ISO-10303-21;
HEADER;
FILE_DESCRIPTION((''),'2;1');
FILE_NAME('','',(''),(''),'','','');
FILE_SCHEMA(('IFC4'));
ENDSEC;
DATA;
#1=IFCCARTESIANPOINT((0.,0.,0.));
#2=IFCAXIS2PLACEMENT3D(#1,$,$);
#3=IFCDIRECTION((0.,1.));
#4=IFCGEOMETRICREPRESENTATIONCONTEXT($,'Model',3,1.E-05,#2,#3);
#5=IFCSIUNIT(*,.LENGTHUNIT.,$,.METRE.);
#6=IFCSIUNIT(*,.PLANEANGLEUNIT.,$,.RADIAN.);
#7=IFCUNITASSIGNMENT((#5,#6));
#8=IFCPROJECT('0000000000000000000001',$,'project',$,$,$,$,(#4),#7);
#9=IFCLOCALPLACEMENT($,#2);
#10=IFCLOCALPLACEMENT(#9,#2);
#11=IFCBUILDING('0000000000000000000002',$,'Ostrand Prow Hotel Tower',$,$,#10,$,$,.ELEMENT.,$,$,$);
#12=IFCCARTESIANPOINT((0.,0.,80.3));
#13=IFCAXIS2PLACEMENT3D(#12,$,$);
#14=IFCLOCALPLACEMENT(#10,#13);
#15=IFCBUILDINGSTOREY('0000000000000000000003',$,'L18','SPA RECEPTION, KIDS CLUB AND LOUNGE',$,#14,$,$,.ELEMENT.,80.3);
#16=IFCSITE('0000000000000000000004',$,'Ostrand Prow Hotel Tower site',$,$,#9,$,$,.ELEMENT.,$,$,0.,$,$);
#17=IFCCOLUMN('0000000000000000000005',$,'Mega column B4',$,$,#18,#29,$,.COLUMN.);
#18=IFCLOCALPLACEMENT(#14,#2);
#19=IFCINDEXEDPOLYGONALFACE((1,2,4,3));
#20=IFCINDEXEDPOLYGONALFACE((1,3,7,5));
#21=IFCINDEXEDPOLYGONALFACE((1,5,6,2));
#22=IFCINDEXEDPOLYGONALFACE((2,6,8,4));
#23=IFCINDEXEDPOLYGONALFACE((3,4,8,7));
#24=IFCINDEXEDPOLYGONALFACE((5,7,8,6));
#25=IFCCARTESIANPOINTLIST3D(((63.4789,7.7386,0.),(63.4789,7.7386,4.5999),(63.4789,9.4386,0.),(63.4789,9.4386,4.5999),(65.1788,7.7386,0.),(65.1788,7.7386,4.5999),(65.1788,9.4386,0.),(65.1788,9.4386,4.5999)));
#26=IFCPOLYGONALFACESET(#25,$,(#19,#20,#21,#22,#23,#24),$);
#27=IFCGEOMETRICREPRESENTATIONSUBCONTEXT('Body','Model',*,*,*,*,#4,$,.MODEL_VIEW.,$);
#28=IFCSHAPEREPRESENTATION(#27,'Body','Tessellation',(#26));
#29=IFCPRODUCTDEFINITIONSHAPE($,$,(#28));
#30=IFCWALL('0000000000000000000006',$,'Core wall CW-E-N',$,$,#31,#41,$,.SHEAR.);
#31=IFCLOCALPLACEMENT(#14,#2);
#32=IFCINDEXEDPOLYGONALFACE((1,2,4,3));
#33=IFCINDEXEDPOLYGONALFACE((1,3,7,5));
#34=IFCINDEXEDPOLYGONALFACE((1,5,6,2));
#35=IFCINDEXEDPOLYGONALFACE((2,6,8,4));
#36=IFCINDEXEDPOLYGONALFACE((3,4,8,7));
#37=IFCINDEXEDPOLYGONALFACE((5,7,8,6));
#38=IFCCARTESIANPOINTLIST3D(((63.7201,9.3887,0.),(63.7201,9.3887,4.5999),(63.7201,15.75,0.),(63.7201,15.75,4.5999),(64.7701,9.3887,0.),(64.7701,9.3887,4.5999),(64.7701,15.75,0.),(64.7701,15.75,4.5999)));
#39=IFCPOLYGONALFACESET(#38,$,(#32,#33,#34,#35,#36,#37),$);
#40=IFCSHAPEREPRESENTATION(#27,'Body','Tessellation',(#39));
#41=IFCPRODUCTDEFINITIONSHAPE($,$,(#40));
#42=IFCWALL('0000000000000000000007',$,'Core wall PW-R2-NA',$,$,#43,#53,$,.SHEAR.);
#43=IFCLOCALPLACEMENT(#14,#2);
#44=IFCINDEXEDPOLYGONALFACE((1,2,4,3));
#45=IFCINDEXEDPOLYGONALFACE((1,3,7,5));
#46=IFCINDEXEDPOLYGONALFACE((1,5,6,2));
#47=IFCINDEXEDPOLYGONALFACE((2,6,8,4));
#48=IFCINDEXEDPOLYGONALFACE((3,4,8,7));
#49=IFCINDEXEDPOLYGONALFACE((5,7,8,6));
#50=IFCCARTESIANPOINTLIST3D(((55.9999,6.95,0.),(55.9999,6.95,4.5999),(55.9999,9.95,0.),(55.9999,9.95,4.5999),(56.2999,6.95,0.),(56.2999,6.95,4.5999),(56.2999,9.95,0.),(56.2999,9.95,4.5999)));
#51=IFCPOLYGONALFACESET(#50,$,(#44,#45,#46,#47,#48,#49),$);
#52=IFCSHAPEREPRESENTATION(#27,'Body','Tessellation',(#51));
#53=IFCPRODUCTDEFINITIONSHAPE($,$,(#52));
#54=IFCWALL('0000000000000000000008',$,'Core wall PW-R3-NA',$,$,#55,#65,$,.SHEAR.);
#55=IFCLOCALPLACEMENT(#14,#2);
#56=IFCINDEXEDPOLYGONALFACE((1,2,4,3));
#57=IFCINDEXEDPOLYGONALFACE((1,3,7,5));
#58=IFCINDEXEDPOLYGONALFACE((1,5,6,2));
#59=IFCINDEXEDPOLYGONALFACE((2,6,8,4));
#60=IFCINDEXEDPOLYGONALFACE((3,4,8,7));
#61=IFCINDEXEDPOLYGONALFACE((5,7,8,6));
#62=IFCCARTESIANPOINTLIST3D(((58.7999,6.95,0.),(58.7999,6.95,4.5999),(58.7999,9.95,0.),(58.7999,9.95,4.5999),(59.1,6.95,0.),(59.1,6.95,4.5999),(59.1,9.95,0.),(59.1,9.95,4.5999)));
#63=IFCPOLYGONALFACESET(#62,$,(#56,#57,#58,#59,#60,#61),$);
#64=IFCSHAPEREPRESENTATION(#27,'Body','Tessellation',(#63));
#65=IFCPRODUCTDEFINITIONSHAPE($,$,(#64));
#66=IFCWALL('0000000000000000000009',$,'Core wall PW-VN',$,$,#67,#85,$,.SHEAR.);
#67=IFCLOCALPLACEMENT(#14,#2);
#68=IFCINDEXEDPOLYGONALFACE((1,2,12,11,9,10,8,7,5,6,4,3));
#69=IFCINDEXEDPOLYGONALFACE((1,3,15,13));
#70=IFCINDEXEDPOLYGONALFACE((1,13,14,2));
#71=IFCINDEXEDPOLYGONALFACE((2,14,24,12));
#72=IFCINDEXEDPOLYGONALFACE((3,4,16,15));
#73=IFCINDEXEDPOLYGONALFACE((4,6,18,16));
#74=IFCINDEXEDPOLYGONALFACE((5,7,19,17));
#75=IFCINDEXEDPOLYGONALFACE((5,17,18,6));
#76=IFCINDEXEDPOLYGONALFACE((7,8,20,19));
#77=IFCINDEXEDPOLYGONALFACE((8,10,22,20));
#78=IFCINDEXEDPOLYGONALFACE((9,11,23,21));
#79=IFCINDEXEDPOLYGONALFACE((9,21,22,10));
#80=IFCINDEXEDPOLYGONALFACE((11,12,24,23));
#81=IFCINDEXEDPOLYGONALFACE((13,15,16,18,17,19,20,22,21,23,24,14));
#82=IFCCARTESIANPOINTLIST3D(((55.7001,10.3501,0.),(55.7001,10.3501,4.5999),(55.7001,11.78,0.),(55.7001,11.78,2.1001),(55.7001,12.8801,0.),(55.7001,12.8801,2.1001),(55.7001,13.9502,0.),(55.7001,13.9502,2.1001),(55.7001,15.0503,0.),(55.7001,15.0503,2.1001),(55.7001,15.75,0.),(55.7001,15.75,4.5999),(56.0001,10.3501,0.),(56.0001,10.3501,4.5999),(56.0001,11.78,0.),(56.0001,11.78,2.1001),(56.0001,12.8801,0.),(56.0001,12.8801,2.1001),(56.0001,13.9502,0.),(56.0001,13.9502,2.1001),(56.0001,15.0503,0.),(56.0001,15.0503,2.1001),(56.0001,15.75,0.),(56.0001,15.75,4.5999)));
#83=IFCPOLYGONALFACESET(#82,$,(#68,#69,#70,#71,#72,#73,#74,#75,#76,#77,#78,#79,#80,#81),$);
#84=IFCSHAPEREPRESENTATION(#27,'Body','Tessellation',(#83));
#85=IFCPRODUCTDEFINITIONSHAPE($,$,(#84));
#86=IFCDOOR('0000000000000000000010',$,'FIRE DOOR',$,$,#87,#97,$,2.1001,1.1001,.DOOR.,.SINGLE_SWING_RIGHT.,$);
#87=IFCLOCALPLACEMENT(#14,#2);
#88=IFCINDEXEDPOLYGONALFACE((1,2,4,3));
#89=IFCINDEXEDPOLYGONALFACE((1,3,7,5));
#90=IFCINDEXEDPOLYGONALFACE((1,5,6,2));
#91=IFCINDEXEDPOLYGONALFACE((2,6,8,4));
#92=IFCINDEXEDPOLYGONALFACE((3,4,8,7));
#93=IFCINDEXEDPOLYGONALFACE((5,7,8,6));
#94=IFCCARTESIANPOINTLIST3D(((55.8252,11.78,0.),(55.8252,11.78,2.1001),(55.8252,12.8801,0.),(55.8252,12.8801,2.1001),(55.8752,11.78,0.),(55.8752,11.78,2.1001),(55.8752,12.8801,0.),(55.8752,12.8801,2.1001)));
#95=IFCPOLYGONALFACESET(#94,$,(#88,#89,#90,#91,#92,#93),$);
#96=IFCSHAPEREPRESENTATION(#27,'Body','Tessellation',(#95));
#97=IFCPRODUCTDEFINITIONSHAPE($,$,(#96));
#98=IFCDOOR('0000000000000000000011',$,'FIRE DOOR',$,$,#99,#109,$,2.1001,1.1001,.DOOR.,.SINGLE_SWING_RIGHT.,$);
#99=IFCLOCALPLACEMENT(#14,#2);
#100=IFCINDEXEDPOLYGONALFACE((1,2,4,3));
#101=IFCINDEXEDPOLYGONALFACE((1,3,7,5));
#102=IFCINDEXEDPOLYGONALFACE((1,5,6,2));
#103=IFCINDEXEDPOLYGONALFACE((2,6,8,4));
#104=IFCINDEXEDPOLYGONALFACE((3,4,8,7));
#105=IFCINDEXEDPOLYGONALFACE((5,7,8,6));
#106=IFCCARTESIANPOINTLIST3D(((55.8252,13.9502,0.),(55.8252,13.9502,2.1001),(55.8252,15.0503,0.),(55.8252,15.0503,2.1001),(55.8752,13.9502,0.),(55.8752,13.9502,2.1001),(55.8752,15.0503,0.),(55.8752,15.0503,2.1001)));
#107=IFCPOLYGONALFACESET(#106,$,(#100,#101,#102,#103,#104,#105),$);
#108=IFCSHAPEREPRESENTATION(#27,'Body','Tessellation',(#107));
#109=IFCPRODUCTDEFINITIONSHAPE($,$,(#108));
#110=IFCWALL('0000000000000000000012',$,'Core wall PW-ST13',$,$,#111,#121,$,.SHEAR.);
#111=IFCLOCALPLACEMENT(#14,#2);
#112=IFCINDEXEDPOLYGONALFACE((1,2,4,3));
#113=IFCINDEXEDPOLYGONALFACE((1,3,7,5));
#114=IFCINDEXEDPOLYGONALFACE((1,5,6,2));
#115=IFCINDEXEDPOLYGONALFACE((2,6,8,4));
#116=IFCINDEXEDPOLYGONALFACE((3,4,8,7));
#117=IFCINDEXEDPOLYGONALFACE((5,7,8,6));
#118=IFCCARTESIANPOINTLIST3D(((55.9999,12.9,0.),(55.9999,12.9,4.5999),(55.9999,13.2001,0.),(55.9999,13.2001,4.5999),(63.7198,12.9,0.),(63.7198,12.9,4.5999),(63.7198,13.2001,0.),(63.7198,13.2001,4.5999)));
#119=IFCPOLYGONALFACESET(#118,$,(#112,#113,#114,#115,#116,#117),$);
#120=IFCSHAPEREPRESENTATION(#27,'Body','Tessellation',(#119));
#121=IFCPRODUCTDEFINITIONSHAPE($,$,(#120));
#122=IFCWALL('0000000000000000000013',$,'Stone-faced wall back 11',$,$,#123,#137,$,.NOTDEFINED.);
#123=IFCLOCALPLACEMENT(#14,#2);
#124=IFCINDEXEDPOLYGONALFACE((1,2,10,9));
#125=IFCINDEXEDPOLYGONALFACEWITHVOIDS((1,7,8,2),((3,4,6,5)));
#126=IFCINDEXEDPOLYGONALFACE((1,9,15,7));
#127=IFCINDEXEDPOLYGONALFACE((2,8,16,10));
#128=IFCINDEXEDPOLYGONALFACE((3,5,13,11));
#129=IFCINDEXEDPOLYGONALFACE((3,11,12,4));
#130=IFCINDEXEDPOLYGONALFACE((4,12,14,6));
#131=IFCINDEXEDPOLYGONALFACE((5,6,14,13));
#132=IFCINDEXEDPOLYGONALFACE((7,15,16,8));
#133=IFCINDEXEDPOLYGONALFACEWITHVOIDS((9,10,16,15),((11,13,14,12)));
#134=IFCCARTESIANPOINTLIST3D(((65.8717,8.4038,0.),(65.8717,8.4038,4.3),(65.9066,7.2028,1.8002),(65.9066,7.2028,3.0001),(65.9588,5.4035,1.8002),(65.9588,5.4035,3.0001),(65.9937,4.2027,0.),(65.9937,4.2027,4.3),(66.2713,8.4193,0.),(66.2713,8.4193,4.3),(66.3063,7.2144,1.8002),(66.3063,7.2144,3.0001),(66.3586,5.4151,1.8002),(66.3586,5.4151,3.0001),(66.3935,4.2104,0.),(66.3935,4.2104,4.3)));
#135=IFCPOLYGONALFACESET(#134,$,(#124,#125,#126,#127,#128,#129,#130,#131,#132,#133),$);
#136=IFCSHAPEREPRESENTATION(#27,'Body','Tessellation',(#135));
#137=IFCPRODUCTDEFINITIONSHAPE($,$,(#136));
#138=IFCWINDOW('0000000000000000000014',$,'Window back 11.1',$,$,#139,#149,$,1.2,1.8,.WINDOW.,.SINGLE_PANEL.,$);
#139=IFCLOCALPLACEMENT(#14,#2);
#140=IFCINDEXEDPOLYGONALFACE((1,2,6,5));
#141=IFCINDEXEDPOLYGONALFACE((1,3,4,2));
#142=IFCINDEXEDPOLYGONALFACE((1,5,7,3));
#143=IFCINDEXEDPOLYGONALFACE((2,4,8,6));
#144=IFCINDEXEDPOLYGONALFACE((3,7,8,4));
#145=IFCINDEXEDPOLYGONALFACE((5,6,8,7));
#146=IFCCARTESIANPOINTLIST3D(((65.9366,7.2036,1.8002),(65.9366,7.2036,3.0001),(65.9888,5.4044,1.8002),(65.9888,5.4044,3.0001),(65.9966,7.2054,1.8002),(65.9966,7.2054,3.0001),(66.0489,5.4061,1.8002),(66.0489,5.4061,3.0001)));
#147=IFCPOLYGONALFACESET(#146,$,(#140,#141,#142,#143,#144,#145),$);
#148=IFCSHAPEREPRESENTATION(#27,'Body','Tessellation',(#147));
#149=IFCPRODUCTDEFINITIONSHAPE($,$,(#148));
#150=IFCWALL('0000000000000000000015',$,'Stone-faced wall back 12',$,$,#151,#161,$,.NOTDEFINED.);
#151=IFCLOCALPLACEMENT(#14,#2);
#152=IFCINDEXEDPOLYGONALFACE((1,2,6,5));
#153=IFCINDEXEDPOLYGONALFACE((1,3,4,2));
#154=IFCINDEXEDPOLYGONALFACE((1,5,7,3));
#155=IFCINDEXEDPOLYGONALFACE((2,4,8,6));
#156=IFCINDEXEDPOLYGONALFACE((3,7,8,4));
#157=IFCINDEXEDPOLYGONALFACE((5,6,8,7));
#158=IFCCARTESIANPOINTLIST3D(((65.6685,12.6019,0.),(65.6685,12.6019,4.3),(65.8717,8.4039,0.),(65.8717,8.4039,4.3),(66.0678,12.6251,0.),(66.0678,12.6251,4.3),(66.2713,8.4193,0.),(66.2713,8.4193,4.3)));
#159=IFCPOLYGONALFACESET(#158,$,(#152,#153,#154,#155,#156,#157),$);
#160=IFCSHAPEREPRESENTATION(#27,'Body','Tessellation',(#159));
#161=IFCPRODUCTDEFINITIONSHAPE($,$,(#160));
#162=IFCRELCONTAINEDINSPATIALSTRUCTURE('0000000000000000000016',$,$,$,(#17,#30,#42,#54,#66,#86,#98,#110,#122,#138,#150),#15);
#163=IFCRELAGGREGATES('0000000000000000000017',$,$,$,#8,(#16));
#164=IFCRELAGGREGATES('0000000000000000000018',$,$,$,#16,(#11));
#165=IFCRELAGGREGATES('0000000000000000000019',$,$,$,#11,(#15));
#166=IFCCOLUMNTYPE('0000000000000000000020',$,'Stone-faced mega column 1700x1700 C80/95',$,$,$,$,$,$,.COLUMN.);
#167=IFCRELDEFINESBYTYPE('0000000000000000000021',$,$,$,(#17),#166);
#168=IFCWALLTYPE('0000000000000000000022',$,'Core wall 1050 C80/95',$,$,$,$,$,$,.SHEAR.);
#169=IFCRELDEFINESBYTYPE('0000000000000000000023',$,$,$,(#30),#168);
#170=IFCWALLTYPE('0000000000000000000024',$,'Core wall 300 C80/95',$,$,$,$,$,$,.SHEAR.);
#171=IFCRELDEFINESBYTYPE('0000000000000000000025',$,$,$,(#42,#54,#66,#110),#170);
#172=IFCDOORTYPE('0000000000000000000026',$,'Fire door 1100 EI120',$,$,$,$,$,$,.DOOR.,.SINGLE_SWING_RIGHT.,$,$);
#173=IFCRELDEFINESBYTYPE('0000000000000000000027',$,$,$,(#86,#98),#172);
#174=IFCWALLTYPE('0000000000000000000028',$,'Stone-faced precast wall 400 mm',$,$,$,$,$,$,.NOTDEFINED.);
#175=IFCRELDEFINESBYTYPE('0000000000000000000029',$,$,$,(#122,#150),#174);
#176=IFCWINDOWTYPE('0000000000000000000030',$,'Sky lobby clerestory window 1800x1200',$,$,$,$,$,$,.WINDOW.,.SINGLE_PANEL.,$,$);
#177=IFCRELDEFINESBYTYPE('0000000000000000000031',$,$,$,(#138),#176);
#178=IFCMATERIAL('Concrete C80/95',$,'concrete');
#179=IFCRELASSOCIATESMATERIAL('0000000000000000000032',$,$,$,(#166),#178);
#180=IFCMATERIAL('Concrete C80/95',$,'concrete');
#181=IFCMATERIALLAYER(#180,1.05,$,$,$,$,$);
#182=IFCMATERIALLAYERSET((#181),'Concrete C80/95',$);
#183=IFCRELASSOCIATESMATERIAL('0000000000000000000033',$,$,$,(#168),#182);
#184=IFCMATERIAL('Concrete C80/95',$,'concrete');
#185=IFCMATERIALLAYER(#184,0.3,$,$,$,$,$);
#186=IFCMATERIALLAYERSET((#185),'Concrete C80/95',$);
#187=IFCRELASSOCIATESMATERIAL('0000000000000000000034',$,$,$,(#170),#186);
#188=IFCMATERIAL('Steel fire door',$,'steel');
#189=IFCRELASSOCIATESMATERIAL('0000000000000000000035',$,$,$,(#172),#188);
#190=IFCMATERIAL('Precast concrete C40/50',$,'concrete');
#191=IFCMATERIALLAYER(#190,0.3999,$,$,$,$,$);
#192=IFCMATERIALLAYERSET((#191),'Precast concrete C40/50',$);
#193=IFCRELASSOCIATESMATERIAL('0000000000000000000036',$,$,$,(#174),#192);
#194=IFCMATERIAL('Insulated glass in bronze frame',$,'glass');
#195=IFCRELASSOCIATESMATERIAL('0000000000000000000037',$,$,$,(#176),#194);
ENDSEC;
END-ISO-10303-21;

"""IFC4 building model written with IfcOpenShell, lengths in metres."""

from ifc_helpers import new_model, si_unit, direction, frame, frame_2d, origin, origin_2d, place, context, subcontext, project, spatial, polyline, rectangle, outline, extrude, material, layer, layer_set, material_profile, profile_set, type_object, element, fill, save


model = new_model("IFC4")

# Units and contexts
model_context = context("Model", 3, precision=1e-05, world=origin(), true_north=direction((0.0, 1.0)))
body_context = subcontext(model_context, "Body", "Model", "MODEL_VIEW")
ifc_project = project(units=[si_unit("LENGTHUNIT", "METRE"), si_unit("PLANEANGLEUNIT", "RADIAN")], contexts=[model_context])

# Site, building, storey
site_placement = place(None, origin())
site = spatial("IfcSite", under=ifc_project, at=site_placement, Name="Ostrand Prow Hotel Tower site", CompositionType="ELEMENT", RefElevation=0.0)
building_placement = place(site_placement, origin())
building = spatial("IfcBuilding", under=site, at=building_placement, Name="Ostrand Prow Hotel Tower", CompositionType="ELEMENT")
storey_placement = place(building_placement, frame((0.0, 0.0, 80.3)))
storey = spatial("IfcBuildingStorey", under=building, at=storey_placement, Name="L18", Description="SPA RECEPTION, KIDS CLUB AND LOUNGE", CompositionType="ELEMENT", Elevation=80.3)

# Column
ifc_material_1 = material(Name="Concrete C80/95", Category="concrete")
ifc_material_profile = material_profile(ifc_material_1, rectangle(XDim=1.7, YDim=1.7, at=origin_2d()), Name="RC 1700x1700")
ifc_profile_set = profile_set([ifc_material_profile], Name="Concrete C80/95")
column_type = type_object("IfcColumnType", Name="Stone-faced mega column 1700x1700 C80/95", PredefinedType="COLUMN", material=ifc_profile_set)
column_placement = place(storey_placement, frame((64.3289, 8.5886, 0.0), z_axis=(0.0, 0.0, 1.0), x_axis=(1.0, 0.0, 0.0)))
element("IfcColumn", 1, at=column_placement, inside=storey, type_object=column_type, Name="Mega column B4", PredefinedType="COLUMN", context=body_context, shape_type="SweptSolid", body=[
    extrude(rectangle(XDim=1.7, YDim=1.7, at=origin_2d()), origin(), (0.0, 0.0, 1.0), 4.5999),
])

# Walls
ifc_material_2 = material(Name="Concrete C80/95", Category="concrete")
ifc_layer_1 = layer(ifc_material_2, 1.05)
ifc_layer_set_1 = layer_set([ifc_layer_1], Name="Concrete C80/95")
wall_type_1 = type_object("IfcWallType", Name="Core wall 1050 C80/95", PredefinedType="SHEAR", material=ifc_layer_set_1)
wall_1_placement = place(storey_placement, frame((64.2451, 9.3887, 0.0), z_axis=(0.0, 0.0, 1.0), x_axis=(0.0, 1.0, 0.0)))
element("IfcWall", 2, at=wall_1_placement, inside=storey, type_object=wall_type_1, Name="Core wall CW-E-N", PredefinedType="SHEAR", context=body_context, shape_type="SweptSolid", body=[
    extrude(rectangle(XDim=6.3613, YDim=1.05, at=frame_2d((3.1807, 0.0))), origin(), (0.0, 0.0, 1.0), 4.5999),
])
ifc_material_3 = material(Name="Concrete C80/95", Category="concrete")
ifc_layer_2 = layer(ifc_material_3, 0.3)
ifc_layer_set_2 = layer_set([ifc_layer_2], Name="Concrete C80/95")
wall_type_2 = type_object("IfcWallType", Name="Core wall 300 C80/95", PredefinedType="SHEAR", material=ifc_layer_set_2)
for number, where, z_axis, x_axis, name in (
    (3, (56.1499, 6.95, 0.0), (0.0, 0.0, 1.0), (0.0, 1.0, 0.0), "Core wall PW-R2-NA"),
    (4, (58.95, 6.95, 0.0), (0.0, 0.0, 1.0), (0.0, 1.0, 0.0), "Core wall PW-R3-NA"),
):
    element("IfcWall", number, at=place(storey_placement, frame(where, z_axis=z_axis, x_axis=x_axis)), inside=storey, type_object=wall_type_2, Name=name, PredefinedType="SHEAR", context=body_context, shape_type="SweptSolid", body=[
        extrude(rectangle(XDim=3.0, YDim=0.3, at=frame_2d((1.5, 0.0))), origin(), (0.0, 0.0, 1.0), 4.5999),
    ])

# Wall, openings, doors
wall_2_placement = place(storey_placement, frame((55.8501, 10.3501, 0.0), z_axis=(0.0, 0.0, 1.0), x_axis=(0.0, 1.0, 0.0)))
wall_2 = element("IfcWall", 5, at=wall_2_placement, inside=storey, type_object=wall_type_2, Name="Core wall PW-VN", PredefinedType="SHEAR", context=body_context, shape_type="SweptSolid", body=[
    extrude(rectangle(XDim=5.3999, YDim=0.3, at=frame_2d((2.7, 0.0))), origin(), (0.0, 0.0, 1.0), 4.5999),
])
opening_1_placement = place(wall_2_placement, frame((1.4299, 0.0, 0.0)))
opening_1 = element("IfcOpeningElement", 6, at=opening_1_placement, cuts=wall_2, PredefinedType="OPENING", context=body_context, shape_type="SweptSolid", body=[
    extrude(rectangle(XDim=1.1001, YDim=2.1001, at=frame_2d((0.55, 1.05))), frame((0.0, 0.1599, 0.0), z_axis=(0.0, -1.0, 0.0), x_axis=(1.0, 0.0, 0.0)), (0.0, 0.0, 1.0), 0.3201),
])
opening_2_placement = place(wall_2_placement, frame((3.6001, 0.0, 0.0)))
opening_2 = element("IfcOpeningElement", 7, at=opening_2_placement, cuts=wall_2, PredefinedType="OPENING", context=body_context, shape_type="SweptSolid", body=[
    extrude(rectangle(XDim=1.1001, YDim=2.1001, at=frame_2d((0.55, 1.05))), frame((0.0, 0.1599, 0.0), z_axis=(0.0, -1.0, 0.0), x_axis=(1.0, 0.0, 0.0)), (0.0, 0.0, 1.0), 0.3201),
])
ifc_material_4 = material(Name="Steel fire door", Category="steel")
door_type = type_object("IfcDoorType", Name="Fire door 1100 EI120", OperationType="SINGLE_SWING_RIGHT", PredefinedType="DOOR", material=ifc_material_4)
door_1_placement = place(opening_1_placement, origin())
door_1 = element("IfcDoor", 8, at=door_1_placement, inside=storey, type_object=door_type, Name="FIRE DOOR", OperationType="SINGLE_SWING_RIGHT", OverallHeight=2.1001, OverallWidth=1.1001, PredefinedType="DOOR", context=body_context, shape_type="SweptSolid", body=[
    extrude(rectangle(XDim=1.1001, YDim=2.1001, at=frame_2d((0.55, 1.05))), frame((0.0, 0.0249, 0.0), z_axis=(0.0, -1.0, 0.0), x_axis=(1.0, 0.0, 0.0)), (0.0, 0.0, 1.0), 0.05),
])
fill(opening_1, door_1)
door_2_placement = place(opening_2_placement, origin())
door_2 = element("IfcDoor", 9, at=door_2_placement, inside=storey, type_object=door_type, Name="FIRE DOOR", OperationType="SINGLE_SWING_RIGHT", OverallHeight=2.1001, OverallWidth=1.1001, PredefinedType="DOOR", context=body_context, shape_type="SweptSolid", body=[
    extrude(rectangle(XDim=1.1001, YDim=2.1001, at=frame_2d((0.55, 1.05))), frame((0.0, 0.0249, 0.0), z_axis=(0.0, -1.0, 0.0), x_axis=(1.0, 0.0, 0.0)), (0.0, 0.0, 1.0), 0.05),
])
fill(opening_2, door_2)

# Wall
wall_3_placement = place(storey_placement, frame((56.0, 13.05, 0.0), z_axis=(0.0, 0.0, 1.0), x_axis=(1.0, 0.0, 0.0)))
element("IfcWall", 10, at=wall_3_placement, inside=storey, type_object=wall_type_2, Name="Core wall PW-ST13", PredefinedType="SHEAR", context=body_context, shape_type="SweptSolid", body=[
    extrude(rectangle(XDim=7.72, YDim=0.3, at=frame_2d((3.8599, 0.0))), origin(), (0.0, 0.0, 1.0), 4.5999),
])

# Wall, opening, window
ifc_material_5 = material(Name="Precast concrete C40/50", Category="concrete")
ifc_layer_3 = layer(ifc_material_5, 0.3999)
ifc_layer_set_3 = layer_set([ifc_layer_3], Name="Precast concrete C40/50")
wall_type_3 = type_object("IfcWallType", Name="Stone-faced precast wall 400 mm", PredefinedType="NOTDEFINED", material=ifc_layer_set_3)
wall_4_placement = place(storey_placement, frame((66.1936, 4.2065, 0.0), z_axis=(0.0, 0.0, 1.0), x_axis=(-0.029017, 0.999579, 0.0)))
wall_4 = element("IfcWall", 11, at=wall_4_placement, inside=storey, type_object=wall_type_3, Name="Stone-faced wall back 11", PredefinedType="NOTDEFINED", context=body_context, shape_type="SweptSolid", body=[
    extrude(outline(polyline([(-0.002, -0.2), (4.2087, -0.2), (4.2048, 0.2), (0.002, 0.2), (-0.002, -0.2)])), origin(), (0.0, 0.0, 1.0), 4.3),
])
opening_3_placement = place(wall_4_placement, frame((1.2034, 0.0, 1.8)))
opening_3 = element("IfcOpeningElement", 12, at=opening_3_placement, cuts=wall_4, PredefinedType="OPENING", context=body_context, shape_type="SweptSolid", body=[
    extrude(rectangle(XDim=1.8, YDim=1.2, at=frame_2d((0.8999, 0.6001))), frame((0.0, 0.21, 0.0), z_axis=(0.0, -1.0, 0.0), x_axis=(1.0, 0.0, 0.0)), (0.0, 0.0, 1.0), 0.4199),
])
ifc_material_6 = material(Name="Insulated glass in bronze frame", Category="glass")
window_type = type_object("IfcWindowType", Name="Sky lobby clerestory window 1800x1200", PartitioningType="SINGLE_PANEL", PredefinedType="WINDOW", material=ifc_material_6)
window_1_placement = place(opening_3_placement, origin())
window_1 = element("IfcWindow", 13, at=window_1_placement, inside=storey, type_object=window_type, Name="Window back 11.1", OverallHeight=1.2, OverallWidth=1.8, PartitioningType="SINGLE_PANEL", PredefinedType="WINDOW", context=body_context, shape_type="SweptSolid", body=[
    extrude(rectangle(XDim=1.8, YDim=1.2, at=frame_2d((0.8999, 0.6001))), frame((0.0, 0.1699, 0.0), z_axis=(0.0, -1.0, 0.0), x_axis=(1.0, 0.0, 0.0)), (0.0, 0.0, 1.0), 0.0601),
])
fill(opening_3, window_1)

# Wall
wall_5_placement = place(storey_placement, frame((66.0715, 8.4116, 0.0), z_axis=(0.0, 0.0, 1.0), x_axis=(-0.048343, 0.998831, 0.0)))
element("IfcWall", 14, at=wall_5_placement, inside=storey, type_object=wall_type_3, Name="Stone-faced wall back 12", PredefinedType="NOTDEFINED", context=body_context, shape_type="SweptSolid", body=[
    extrude(outline(polyline([(-0.002, -0.2), (4.2087, -0.2), (4.2048, 0.2), (0.002, 0.2), (-0.002, -0.2)])), origin(), (0.0, 0.0, 1.0), 4.3),
])

save(model, "model.ifc")
